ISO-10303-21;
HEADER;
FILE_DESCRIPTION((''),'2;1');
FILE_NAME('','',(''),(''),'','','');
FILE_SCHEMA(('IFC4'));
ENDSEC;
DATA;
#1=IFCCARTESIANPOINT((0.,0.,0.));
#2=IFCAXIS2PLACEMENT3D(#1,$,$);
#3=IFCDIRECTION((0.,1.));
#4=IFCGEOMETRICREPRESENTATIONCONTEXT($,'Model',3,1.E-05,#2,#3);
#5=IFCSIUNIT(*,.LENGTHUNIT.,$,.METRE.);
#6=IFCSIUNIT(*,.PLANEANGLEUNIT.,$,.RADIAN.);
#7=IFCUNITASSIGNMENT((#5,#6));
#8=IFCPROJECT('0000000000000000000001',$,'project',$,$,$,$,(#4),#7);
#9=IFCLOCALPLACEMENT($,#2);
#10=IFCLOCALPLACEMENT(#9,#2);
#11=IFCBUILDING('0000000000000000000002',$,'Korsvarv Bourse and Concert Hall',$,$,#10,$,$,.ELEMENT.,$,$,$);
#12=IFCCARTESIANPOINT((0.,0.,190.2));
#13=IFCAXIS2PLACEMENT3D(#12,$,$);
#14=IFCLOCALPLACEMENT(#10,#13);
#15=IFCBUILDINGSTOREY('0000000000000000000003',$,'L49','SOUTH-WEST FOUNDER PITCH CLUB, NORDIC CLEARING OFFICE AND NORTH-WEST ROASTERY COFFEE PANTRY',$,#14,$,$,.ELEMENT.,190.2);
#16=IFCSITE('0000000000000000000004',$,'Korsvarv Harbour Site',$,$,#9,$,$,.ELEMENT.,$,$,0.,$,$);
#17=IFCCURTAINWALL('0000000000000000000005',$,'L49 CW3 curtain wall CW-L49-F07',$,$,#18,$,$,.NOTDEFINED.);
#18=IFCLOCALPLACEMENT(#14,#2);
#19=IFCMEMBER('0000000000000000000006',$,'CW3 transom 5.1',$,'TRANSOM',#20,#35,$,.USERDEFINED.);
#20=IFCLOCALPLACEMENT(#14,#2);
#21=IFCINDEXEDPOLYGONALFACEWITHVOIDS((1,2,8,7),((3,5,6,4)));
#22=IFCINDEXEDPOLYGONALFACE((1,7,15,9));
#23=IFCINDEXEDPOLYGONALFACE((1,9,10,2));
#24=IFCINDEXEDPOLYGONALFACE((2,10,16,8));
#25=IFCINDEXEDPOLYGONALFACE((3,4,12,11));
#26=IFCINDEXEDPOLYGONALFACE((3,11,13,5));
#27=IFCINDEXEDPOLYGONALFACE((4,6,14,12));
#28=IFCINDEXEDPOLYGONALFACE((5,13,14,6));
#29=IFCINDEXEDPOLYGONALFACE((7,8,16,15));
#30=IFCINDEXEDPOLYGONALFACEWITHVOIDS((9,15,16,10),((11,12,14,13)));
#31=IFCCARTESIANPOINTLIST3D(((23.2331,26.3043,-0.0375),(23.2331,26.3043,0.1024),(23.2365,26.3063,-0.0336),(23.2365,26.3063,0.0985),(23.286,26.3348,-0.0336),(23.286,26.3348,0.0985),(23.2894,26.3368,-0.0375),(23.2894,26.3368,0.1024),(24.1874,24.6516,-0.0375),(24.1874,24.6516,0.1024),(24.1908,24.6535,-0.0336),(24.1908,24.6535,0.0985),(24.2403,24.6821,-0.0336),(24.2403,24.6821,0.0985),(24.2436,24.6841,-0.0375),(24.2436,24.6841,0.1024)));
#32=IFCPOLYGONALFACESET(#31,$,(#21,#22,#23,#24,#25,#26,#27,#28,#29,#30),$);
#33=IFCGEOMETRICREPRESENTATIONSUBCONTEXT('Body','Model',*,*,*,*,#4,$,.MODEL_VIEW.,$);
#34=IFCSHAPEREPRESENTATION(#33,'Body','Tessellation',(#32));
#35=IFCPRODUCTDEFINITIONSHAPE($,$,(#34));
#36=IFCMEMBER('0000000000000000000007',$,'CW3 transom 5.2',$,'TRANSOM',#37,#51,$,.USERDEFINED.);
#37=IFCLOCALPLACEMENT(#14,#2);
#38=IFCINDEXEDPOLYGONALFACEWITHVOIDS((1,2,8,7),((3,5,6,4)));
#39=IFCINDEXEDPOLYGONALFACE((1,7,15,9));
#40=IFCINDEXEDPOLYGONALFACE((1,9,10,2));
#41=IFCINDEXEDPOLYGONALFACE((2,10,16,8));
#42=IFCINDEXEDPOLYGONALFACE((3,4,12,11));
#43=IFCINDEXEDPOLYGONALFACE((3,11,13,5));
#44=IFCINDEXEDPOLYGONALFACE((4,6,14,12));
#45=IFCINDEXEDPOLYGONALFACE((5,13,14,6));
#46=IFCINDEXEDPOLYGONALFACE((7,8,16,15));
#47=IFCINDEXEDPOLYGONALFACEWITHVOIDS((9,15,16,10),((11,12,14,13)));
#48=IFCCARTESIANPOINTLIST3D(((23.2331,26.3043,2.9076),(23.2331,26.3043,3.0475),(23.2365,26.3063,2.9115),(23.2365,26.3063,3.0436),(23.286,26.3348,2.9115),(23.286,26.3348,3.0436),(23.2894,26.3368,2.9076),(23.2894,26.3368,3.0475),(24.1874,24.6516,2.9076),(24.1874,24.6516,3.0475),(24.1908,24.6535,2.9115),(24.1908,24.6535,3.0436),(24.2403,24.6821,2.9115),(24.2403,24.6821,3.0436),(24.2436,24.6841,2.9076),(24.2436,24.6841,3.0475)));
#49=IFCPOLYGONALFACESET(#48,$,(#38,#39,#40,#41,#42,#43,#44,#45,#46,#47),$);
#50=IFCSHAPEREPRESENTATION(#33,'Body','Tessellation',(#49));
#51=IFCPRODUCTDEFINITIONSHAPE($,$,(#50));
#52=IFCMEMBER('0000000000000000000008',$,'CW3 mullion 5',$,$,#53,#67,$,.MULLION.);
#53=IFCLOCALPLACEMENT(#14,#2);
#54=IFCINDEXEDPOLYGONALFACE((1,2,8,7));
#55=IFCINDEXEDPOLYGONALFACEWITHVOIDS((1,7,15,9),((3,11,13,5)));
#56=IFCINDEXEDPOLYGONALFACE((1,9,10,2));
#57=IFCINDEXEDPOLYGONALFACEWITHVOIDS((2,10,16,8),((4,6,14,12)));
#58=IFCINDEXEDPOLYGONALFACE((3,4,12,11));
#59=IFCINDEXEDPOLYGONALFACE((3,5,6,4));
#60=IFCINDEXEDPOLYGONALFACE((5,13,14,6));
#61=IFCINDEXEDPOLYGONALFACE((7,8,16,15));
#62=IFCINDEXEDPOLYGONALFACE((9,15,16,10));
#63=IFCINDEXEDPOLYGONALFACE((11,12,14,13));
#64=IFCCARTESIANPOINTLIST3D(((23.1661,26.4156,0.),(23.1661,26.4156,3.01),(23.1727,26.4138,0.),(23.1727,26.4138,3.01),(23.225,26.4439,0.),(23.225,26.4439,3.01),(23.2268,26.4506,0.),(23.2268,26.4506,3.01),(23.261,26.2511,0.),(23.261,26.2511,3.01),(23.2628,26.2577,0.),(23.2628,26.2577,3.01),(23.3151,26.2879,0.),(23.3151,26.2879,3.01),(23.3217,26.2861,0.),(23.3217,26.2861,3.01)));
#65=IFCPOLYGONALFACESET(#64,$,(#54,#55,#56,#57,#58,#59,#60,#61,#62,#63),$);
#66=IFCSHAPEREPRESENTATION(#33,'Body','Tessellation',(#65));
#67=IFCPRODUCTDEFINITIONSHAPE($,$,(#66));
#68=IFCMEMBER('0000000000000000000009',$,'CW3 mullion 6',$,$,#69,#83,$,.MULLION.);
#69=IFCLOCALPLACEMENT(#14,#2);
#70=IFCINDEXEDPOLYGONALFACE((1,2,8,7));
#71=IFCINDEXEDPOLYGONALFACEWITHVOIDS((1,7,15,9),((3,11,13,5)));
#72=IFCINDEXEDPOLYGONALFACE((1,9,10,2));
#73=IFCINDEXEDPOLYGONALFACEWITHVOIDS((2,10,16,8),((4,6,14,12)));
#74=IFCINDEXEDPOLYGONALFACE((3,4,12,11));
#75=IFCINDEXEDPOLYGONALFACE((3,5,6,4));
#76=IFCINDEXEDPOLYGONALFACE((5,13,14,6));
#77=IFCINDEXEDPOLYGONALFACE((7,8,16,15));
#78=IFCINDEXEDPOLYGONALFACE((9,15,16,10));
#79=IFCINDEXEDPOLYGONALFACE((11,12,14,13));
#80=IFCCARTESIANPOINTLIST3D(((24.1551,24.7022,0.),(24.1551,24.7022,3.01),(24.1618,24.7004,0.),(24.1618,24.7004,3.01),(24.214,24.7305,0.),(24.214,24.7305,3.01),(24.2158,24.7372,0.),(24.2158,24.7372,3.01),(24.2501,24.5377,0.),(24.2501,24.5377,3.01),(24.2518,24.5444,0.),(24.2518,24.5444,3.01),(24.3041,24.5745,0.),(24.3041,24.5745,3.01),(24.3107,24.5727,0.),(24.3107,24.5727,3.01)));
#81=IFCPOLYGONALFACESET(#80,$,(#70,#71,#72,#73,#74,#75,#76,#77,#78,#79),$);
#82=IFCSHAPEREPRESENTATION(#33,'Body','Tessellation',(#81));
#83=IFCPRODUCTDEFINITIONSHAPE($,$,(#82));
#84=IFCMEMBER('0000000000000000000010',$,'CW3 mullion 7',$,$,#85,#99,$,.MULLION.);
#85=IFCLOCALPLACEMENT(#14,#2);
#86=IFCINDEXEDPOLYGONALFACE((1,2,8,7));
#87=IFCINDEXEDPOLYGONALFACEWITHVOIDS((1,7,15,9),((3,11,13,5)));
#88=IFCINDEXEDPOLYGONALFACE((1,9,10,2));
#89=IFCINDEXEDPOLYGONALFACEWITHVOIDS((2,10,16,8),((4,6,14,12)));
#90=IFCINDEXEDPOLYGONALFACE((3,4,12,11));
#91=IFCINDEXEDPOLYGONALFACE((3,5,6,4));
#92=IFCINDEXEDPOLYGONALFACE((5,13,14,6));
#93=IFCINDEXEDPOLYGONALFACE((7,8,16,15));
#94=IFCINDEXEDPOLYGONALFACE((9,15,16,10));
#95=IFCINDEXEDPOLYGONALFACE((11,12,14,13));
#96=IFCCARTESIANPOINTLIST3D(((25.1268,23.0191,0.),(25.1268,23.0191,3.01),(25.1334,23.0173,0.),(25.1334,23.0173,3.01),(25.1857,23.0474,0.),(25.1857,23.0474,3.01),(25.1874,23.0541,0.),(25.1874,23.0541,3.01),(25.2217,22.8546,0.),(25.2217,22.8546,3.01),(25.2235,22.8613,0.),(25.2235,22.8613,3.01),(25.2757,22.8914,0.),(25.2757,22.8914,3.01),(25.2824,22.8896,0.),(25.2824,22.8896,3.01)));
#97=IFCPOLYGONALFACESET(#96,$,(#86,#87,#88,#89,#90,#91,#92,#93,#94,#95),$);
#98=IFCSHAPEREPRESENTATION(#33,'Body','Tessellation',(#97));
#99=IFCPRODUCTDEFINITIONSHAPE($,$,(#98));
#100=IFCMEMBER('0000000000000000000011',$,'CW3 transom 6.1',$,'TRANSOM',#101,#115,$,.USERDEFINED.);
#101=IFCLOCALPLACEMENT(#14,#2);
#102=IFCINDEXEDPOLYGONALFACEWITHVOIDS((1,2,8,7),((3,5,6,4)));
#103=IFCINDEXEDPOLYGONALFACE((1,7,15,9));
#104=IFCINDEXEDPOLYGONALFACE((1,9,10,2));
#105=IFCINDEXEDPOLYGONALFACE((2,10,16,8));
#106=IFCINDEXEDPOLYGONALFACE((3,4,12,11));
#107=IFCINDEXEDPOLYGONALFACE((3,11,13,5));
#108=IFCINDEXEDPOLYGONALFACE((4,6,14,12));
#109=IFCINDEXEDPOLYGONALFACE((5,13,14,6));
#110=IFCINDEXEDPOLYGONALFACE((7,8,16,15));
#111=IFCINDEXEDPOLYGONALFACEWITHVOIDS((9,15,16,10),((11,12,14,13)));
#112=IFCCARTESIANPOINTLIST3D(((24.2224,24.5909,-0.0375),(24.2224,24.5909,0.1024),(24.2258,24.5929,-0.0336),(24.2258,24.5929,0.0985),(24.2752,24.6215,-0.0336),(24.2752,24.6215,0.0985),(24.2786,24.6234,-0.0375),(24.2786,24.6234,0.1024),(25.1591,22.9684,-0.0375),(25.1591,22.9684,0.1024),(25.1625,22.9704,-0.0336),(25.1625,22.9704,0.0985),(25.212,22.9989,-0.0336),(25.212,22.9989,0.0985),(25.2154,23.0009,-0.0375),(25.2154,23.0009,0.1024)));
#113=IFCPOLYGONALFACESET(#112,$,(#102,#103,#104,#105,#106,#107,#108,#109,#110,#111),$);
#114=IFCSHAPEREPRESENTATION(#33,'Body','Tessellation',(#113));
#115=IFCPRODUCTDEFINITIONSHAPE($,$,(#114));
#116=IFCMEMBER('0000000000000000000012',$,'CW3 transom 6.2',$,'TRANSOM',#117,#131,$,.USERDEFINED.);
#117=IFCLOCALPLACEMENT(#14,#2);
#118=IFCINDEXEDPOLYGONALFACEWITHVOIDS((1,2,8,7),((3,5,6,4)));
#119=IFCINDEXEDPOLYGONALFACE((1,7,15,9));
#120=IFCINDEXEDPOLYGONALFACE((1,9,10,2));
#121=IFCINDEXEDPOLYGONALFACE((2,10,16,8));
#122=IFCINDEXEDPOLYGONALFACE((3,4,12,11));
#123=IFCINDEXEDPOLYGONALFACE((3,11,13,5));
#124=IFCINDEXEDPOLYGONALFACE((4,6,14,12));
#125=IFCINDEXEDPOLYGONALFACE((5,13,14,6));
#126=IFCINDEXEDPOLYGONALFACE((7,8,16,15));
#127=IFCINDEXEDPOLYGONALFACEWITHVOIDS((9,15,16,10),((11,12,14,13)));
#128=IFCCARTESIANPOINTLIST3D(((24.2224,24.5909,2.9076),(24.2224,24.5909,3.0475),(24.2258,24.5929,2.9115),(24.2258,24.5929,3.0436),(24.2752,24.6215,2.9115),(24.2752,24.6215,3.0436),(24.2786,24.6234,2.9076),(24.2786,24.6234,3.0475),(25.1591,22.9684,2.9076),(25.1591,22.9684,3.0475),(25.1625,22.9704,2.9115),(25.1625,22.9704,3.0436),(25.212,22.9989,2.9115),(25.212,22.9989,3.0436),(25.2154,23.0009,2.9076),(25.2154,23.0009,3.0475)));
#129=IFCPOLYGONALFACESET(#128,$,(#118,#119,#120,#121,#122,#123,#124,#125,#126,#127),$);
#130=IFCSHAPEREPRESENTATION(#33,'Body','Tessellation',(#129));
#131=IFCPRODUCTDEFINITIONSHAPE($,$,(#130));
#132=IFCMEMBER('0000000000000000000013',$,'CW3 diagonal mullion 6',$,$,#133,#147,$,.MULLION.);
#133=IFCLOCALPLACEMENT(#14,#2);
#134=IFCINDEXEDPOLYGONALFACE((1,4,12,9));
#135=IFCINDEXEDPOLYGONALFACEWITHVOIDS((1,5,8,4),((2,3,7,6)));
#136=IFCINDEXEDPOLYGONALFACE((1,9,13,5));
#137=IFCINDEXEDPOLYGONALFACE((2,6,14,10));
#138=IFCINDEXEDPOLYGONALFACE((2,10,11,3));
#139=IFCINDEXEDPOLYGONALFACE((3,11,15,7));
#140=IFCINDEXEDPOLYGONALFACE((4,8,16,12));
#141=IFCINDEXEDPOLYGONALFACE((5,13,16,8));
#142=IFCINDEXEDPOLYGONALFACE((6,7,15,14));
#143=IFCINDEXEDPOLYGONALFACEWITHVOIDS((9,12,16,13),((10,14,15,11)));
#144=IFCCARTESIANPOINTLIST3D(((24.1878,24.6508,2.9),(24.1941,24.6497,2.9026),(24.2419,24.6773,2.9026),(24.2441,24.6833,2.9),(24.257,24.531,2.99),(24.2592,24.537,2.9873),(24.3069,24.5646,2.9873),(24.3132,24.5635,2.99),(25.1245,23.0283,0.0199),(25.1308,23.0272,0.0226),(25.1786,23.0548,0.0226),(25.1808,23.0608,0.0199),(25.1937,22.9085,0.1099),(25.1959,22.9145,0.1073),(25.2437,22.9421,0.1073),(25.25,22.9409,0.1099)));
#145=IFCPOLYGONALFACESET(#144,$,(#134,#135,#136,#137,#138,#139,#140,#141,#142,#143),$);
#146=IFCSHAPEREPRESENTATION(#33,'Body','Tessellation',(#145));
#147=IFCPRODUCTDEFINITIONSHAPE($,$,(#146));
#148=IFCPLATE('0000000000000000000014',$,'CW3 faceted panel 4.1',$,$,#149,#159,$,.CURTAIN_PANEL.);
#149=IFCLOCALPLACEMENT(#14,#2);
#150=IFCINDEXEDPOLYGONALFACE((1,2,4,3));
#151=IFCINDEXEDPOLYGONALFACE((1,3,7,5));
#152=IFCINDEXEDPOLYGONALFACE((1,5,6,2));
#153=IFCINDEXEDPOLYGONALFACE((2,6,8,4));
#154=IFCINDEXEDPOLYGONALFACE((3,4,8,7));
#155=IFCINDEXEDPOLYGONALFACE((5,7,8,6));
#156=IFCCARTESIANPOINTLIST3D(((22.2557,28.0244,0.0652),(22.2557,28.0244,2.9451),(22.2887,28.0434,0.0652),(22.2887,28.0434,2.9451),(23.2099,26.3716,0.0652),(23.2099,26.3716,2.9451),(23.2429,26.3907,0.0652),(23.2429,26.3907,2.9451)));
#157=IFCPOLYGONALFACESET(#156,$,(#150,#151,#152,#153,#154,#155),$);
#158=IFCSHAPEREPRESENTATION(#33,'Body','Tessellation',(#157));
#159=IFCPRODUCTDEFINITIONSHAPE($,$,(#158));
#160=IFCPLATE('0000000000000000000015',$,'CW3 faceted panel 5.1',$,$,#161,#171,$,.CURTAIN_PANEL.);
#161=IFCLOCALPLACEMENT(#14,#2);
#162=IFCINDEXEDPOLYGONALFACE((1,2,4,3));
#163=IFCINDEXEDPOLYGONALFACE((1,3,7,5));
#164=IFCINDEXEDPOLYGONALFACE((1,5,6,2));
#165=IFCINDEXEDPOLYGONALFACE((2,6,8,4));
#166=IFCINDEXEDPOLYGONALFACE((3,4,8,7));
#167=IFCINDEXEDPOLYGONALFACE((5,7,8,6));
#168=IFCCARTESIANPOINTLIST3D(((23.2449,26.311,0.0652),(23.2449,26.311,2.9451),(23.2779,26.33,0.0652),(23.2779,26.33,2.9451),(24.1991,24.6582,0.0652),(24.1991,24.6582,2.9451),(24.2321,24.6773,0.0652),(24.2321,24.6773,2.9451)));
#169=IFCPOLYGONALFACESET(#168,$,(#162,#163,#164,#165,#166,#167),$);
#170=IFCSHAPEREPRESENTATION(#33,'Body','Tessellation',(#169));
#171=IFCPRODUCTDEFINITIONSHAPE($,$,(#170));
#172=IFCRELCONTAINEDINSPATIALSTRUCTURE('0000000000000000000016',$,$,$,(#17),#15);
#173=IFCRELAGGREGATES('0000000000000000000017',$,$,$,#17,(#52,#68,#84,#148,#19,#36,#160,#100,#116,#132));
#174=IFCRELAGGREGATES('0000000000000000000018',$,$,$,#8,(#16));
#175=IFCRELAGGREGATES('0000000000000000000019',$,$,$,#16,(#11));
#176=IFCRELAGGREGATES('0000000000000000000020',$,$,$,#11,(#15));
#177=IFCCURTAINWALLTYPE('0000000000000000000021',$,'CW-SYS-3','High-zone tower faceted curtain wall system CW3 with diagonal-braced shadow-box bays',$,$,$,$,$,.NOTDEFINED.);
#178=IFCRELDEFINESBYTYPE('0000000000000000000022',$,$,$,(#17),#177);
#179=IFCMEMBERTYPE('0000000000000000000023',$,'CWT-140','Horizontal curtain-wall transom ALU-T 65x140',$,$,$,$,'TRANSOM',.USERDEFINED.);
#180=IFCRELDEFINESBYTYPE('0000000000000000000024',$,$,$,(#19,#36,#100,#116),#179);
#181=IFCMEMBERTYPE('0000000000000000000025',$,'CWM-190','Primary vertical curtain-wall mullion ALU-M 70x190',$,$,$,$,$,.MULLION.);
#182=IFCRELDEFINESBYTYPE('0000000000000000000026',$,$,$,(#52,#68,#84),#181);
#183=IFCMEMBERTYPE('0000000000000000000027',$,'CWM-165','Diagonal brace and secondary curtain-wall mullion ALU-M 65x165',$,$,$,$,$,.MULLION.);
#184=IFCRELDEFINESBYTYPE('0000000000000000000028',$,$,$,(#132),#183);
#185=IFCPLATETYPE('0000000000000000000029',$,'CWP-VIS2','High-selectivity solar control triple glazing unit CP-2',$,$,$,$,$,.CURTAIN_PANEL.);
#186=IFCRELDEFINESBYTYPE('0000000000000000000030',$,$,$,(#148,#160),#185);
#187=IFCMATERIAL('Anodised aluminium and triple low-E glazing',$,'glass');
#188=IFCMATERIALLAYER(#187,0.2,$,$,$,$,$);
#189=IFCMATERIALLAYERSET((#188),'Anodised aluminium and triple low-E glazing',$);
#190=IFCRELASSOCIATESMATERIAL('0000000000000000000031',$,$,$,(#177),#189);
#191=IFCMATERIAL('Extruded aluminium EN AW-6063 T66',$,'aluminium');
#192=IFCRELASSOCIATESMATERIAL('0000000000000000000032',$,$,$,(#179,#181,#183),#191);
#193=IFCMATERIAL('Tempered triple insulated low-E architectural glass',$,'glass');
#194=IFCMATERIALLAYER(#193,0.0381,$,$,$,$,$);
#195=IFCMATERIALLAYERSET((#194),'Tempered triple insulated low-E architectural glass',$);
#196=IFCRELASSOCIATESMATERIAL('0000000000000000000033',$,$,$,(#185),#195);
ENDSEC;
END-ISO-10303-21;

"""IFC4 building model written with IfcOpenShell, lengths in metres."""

from ifc_helpers import new_model, si_unit, direction, frame, origin, origin_2d, place, context, subcontext, project, spatial, rectangle, hollow_rectangle, extrude, source, transform, mapped, material, layer, layer_set, material_profile, profile_set, type_object, element, aggregate, save


model = new_model("IFC4")

# Units and contexts
model_context = context("Model", 3, precision=1e-05, world=origin(), true_north=direction((0.0, 1.0)))
body_context = subcontext(model_context, "Body", "Model", "MODEL_VIEW")
ifc_project = project(units=[si_unit("LENGTHUNIT", "METRE"), si_unit("PLANEANGLEUNIT", "RADIAN")], contexts=[model_context])

# Site, building, storey
site_placement = place(None, origin())
site = spatial("IfcSite", under=ifc_project, at=site_placement, Name="Korsvarv Harbour Site", CompositionType="ELEMENT", RefElevation=0.0)
building_placement = place(site_placement, origin())
building = spatial("IfcBuilding", under=site, at=building_placement, Name="Korsvarv Bourse and Concert Hall", CompositionType="ELEMENT")
storey_placement = place(building_placement, frame((0.0, 0.0, 190.2)))
storey = spatial("IfcBuildingStorey", under=building, at=storey_placement, Name="L49", Description="SOUTH-WEST FOUNDER PITCH CLUB, NORDIC CLEARING OFFICE AND NORTH-WEST ROASTERY COFFEE PANTRY", CompositionType="ELEMENT", Elevation=190.2)

# Curtain wall, members, plates
ifc_material_1 = material(Name="Anodised aluminium and triple low-E glazing", Category="glass")
ifc_layer_1 = layer(ifc_material_1, 0.2)
ifc_layer_set_1 = layer_set([ifc_layer_1], Name="Anodised aluminium and triple low-E glazing")
curtain_wall_type = type_object("IfcCurtainWallType", Name="CW-SYS-3", Description="High-zone tower faceted curtain wall system CW3 with diagonal-braced shadow-box bays", PredefinedType="NOTDEFINED", material=ifc_layer_set_1)
curtain_wall_placement = place(storey_placement, origin())
curtain_wall = element("IfcCurtainWall", 1, at=curtain_wall_placement, inside=storey, type_object=curtain_wall_type, Name="L49 CW3 curtain wall CW-L49-F07", PredefinedType="NOTDEFINED")
ifc_material_2 = material(Name="Extruded aluminium EN AW-6063 T66", Category="aluminium")
ifc_material_profile_1 = material_profile(ifc_material_2, hollow_rectangle(XDim=0.0649, YDim=0.1399, WallThickness=0.0039, at=origin_2d()), Name="ALU-T 65x140")
ifc_profile_set_1 = profile_set([ifc_material_profile_1], Name="Extruded aluminium EN AW-6063 T66")
member_type_1 = type_object("IfcMemberType", Name="CWT-140", Description="Horizontal curtain-wall transom ALU-T 65x140", ElementType="TRANSOM", PredefinedType="USERDEFINED", material=ifc_profile_set_1)
shared_shape_1 = source(origin(), body_context, "Body", "SweptSolid", [
    extrude(hollow_rectangle(XDim=0.0649, YDim=0.1399, WallThickness=0.0039, at=origin_2d()), origin(), (0.0, 0.0, 1.0), 1.9084),
])
member_1_placement = place(storey_placement, frame((23.2612, 26.3206, 0.0325), z_axis=(0.500032, -0.866007, 0.0), x_axis=(0.866007, 0.500032, 0.0)))
member_1 = element("IfcMember", 2, at=member_1_placement, type_object=member_type_1, Name="CW3 transom 5.1", ObjectType="TRANSOM", PredefinedType="USERDEFINED", context=body_context, shape_type="MappedRepresentation", body=[
    mapped(shared_shape_1, transform((0.0, 0.0, 0.0), scale=1.0)),
])
member_2_placement = place(storey_placement, frame((23.2612, 26.3206, 2.9775), z_axis=(0.500032, -0.866007, 0.0), x_axis=(0.866007, 0.500032, 0.0)))
member_2 = element("IfcMember", 3, at=member_2_placement, type_object=member_type_1, Name="CW3 transom 5.2", ObjectType="TRANSOM", PredefinedType="USERDEFINED", context=body_context, shape_type="MappedRepresentation", body=[
    mapped(shared_shape_1, transform((0.0, 0.0, 0.0), scale=1.0)),
])
ifc_material_profile_2 = material_profile(ifc_material_2, hollow_rectangle(XDim=0.0701, YDim=0.1899, WallThickness=0.0049, at=origin_2d()), Name="ALU-M 70x190")
ifc_profile_set_2 = profile_set([ifc_material_profile_2], Name="Extruded aluminium EN AW-6063 T66")
member_type_2 = type_object("IfcMemberType", Name="CWM-190", Description="Primary vertical curtain-wall mullion ALU-M 70x190", PredefinedType="MULLION", material=ifc_profile_set_2)
shared_shape_2 = source(origin(), body_context, "Body", "SweptSolid", [
    extrude(hollow_rectangle(XDim=0.0701, YDim=0.1899, WallThickness=0.0049, at=origin_2d()), origin(), (0.0, 0.0, 1.0), 3.01),
])
member_3_placement = place(storey_placement, frame((23.2439, 26.3508, 0.0), z_axis=(0.0, 0.0, 1.0), x_axis=(0.86603, 0.499993, 0.0)))
member_3 = element("IfcMember", 4, at=member_3_placement, type_object=member_type_2, Name="CW3 mullion 5", PredefinedType="MULLION", context=body_context, shape_type="MappedRepresentation", body=[
    mapped(shared_shape_2, transform((0.0, 0.0, 0.0), scale=1.0)),
])
member_4_placement = place(storey_placement, frame((24.2329, 24.6375, 0.0), z_axis=(0.0, 0.0, 1.0), x_axis=(0.86603, 0.499993, 0.0)))
member_4 = element("IfcMember", 5, at=member_4_placement, type_object=member_type_2, Name="CW3 mullion 6", PredefinedType="MULLION", context=body_context, shape_type="MappedRepresentation", body=[
    mapped(shared_shape_2, transform((0.0, 0.0, 0.0), scale=1.0)),
])
member_5_placement = place(storey_placement, frame((25.2046, 22.9543, 0.0), z_axis=(0.0, 0.0, 1.0), x_axis=(0.86603, 0.499993, 0.0)))
member_5 = element("IfcMember", 6, at=member_5_placement, type_object=member_type_2, Name="CW3 mullion 7", PredefinedType="MULLION", context=body_context, shape_type="MappedRepresentation", body=[
    mapped(shared_shape_2, transform((0.0, 0.0, 0.0), scale=1.0)),
])
shared_shape_3 = source(origin(), body_context, "Body", "SweptSolid", [
    extrude(hollow_rectangle(XDim=0.0649, YDim=0.1399, WallThickness=0.0039, at=origin_2d()), origin(), (0.0, 0.0, 1.0), 1.8735),
])
member_6_placement = place(storey_placement, frame((24.2505, 24.6072, 0.0325), z_axis=(0.499993, -0.866029, 0.0), x_axis=(0.866029, 0.499993, 0.0)))
member_6 = element("IfcMember", 7, at=member_6_placement, type_object=member_type_1, Name="CW3 transom 6.1", ObjectType="TRANSOM", PredefinedType="USERDEFINED", context=body_context, shape_type="MappedRepresentation", body=[
    mapped(shared_shape_3, transform((0.0, 0.0, 0.0), scale=1.0)),
])
member_7_placement = place(storey_placement, frame((24.2505, 24.6072, 2.9775), z_axis=(0.499993, -0.866029, 0.0), x_axis=(0.866029, 0.499993, 0.0)))
member_7 = element("IfcMember", 8, at=member_7_placement, type_object=member_type_1, Name="CW3 transom 6.2", ObjectType="TRANSOM", PredefinedType="USERDEFINED", context=body_context, shape_type="MappedRepresentation", body=[
    mapped(shared_shape_3, transform((0.0, 0.0, 0.0), scale=1.0)),
])
ifc_material_profile_3 = material_profile(ifc_material_2, hollow_rectangle(XDim=0.0649, YDim=0.165, WallThickness=0.0049, at=origin_2d()), Name="ALU-M 65x165")
ifc_profile_set_3 = profile_set([ifc_material_profile_3], Name="Extruded aluminium EN AW-6063 T66")
member_type_3 = type_object("IfcMemberType", Name="CWM-165", Description="Diagonal brace and secondary curtain-wall mullion ALU-M 65x165", PredefinedType="MULLION", material=ifc_profile_set_3)
shared_shape_4 = source(origin(), body_context, "Body", "SweptSolid", [
    extrude(hollow_rectangle(XDim=0.0649, YDim=0.165, WallThickness=0.0049, at=origin_2d()), origin(), (0.0, 0.0, 1.0), 3.4358),
])
member_8_placement = place(storey_placement, frame((25.1873, 22.9846, 0.0649), z_axis=(-0.272642, 0.472238, 0.838247), x_axis=(-0.866029, -0.499993, 0.0)))
member_8 = element("IfcMember", 9, at=member_8_placement, type_object=member_type_3, Name="CW3 diagonal mullion 6", PredefinedType="MULLION", context=body_context, shape_type="MappedRepresentation", body=[
    mapped(shared_shape_4, transform((0.0, 0.0, 0.0), scale=1.0)),
])
ifc_material_3 = material(Name="Tempered triple insulated low-E architectural glass", Category="glass")
ifc_layer_2 = layer(ifc_material_3, 0.0381)
ifc_layer_set_2 = layer_set([ifc_layer_2], Name="Tempered triple insulated low-E architectural glass")
plate_type_1 = type_object("IfcPlateType", Name="CWP-VIS2", Description="High-selectivity solar control triple glazing unit CP-2", PredefinedType="CURTAIN_PANEL", material=ifc_layer_set_2)
shared_shape_5 = source(origin(), body_context, "Body", "SweptSolid", [
    extrude(rectangle(XDim=1.9084, YDim=0.0381, at=origin_2d()), origin(), (0.0, 0.0, 1.0), 2.8799),
])
plate_1_placement = place(storey_placement, frame((22.7493, 27.2075, 0.0652), z_axis=(0.0, 0.0, 1.0), x_axis=(0.499993, -0.86603, 0.0)))
plate_1 = element("IfcPlate", 10, at=plate_1_placement, type_object=plate_type_1, Name="CW3 faceted panel 4.1", PredefinedType="CURTAIN_PANEL", context=body_context, shape_type="MappedRepresentation", body=[
    mapped(shared_shape_5, transform((0.0, 0.0, 0.0), scale=1.0)),
])
plate_2_placement = place(storey_placement, frame((23.7385, 25.4941, 0.0652), z_axis=(0.0, 0.0, 1.0), x_axis=(0.499993, -0.86603, 0.0)))
plate_2 = element("IfcPlate", 11, at=plate_2_placement, type_object=plate_type_1, Name="CW3 faceted panel 5.1", PredefinedType="CURTAIN_PANEL", context=body_context, shape_type="MappedRepresentation", body=[
    mapped(shared_shape_5, transform((0.0, 0.0, 0.0), scale=1.0)),
])
aggregate(curtain_wall, [member_3, member_4, member_5, plate_1, member_1, member_2, plate_2, member_6, member_7, member_8])

save(model, "model.ifc")
